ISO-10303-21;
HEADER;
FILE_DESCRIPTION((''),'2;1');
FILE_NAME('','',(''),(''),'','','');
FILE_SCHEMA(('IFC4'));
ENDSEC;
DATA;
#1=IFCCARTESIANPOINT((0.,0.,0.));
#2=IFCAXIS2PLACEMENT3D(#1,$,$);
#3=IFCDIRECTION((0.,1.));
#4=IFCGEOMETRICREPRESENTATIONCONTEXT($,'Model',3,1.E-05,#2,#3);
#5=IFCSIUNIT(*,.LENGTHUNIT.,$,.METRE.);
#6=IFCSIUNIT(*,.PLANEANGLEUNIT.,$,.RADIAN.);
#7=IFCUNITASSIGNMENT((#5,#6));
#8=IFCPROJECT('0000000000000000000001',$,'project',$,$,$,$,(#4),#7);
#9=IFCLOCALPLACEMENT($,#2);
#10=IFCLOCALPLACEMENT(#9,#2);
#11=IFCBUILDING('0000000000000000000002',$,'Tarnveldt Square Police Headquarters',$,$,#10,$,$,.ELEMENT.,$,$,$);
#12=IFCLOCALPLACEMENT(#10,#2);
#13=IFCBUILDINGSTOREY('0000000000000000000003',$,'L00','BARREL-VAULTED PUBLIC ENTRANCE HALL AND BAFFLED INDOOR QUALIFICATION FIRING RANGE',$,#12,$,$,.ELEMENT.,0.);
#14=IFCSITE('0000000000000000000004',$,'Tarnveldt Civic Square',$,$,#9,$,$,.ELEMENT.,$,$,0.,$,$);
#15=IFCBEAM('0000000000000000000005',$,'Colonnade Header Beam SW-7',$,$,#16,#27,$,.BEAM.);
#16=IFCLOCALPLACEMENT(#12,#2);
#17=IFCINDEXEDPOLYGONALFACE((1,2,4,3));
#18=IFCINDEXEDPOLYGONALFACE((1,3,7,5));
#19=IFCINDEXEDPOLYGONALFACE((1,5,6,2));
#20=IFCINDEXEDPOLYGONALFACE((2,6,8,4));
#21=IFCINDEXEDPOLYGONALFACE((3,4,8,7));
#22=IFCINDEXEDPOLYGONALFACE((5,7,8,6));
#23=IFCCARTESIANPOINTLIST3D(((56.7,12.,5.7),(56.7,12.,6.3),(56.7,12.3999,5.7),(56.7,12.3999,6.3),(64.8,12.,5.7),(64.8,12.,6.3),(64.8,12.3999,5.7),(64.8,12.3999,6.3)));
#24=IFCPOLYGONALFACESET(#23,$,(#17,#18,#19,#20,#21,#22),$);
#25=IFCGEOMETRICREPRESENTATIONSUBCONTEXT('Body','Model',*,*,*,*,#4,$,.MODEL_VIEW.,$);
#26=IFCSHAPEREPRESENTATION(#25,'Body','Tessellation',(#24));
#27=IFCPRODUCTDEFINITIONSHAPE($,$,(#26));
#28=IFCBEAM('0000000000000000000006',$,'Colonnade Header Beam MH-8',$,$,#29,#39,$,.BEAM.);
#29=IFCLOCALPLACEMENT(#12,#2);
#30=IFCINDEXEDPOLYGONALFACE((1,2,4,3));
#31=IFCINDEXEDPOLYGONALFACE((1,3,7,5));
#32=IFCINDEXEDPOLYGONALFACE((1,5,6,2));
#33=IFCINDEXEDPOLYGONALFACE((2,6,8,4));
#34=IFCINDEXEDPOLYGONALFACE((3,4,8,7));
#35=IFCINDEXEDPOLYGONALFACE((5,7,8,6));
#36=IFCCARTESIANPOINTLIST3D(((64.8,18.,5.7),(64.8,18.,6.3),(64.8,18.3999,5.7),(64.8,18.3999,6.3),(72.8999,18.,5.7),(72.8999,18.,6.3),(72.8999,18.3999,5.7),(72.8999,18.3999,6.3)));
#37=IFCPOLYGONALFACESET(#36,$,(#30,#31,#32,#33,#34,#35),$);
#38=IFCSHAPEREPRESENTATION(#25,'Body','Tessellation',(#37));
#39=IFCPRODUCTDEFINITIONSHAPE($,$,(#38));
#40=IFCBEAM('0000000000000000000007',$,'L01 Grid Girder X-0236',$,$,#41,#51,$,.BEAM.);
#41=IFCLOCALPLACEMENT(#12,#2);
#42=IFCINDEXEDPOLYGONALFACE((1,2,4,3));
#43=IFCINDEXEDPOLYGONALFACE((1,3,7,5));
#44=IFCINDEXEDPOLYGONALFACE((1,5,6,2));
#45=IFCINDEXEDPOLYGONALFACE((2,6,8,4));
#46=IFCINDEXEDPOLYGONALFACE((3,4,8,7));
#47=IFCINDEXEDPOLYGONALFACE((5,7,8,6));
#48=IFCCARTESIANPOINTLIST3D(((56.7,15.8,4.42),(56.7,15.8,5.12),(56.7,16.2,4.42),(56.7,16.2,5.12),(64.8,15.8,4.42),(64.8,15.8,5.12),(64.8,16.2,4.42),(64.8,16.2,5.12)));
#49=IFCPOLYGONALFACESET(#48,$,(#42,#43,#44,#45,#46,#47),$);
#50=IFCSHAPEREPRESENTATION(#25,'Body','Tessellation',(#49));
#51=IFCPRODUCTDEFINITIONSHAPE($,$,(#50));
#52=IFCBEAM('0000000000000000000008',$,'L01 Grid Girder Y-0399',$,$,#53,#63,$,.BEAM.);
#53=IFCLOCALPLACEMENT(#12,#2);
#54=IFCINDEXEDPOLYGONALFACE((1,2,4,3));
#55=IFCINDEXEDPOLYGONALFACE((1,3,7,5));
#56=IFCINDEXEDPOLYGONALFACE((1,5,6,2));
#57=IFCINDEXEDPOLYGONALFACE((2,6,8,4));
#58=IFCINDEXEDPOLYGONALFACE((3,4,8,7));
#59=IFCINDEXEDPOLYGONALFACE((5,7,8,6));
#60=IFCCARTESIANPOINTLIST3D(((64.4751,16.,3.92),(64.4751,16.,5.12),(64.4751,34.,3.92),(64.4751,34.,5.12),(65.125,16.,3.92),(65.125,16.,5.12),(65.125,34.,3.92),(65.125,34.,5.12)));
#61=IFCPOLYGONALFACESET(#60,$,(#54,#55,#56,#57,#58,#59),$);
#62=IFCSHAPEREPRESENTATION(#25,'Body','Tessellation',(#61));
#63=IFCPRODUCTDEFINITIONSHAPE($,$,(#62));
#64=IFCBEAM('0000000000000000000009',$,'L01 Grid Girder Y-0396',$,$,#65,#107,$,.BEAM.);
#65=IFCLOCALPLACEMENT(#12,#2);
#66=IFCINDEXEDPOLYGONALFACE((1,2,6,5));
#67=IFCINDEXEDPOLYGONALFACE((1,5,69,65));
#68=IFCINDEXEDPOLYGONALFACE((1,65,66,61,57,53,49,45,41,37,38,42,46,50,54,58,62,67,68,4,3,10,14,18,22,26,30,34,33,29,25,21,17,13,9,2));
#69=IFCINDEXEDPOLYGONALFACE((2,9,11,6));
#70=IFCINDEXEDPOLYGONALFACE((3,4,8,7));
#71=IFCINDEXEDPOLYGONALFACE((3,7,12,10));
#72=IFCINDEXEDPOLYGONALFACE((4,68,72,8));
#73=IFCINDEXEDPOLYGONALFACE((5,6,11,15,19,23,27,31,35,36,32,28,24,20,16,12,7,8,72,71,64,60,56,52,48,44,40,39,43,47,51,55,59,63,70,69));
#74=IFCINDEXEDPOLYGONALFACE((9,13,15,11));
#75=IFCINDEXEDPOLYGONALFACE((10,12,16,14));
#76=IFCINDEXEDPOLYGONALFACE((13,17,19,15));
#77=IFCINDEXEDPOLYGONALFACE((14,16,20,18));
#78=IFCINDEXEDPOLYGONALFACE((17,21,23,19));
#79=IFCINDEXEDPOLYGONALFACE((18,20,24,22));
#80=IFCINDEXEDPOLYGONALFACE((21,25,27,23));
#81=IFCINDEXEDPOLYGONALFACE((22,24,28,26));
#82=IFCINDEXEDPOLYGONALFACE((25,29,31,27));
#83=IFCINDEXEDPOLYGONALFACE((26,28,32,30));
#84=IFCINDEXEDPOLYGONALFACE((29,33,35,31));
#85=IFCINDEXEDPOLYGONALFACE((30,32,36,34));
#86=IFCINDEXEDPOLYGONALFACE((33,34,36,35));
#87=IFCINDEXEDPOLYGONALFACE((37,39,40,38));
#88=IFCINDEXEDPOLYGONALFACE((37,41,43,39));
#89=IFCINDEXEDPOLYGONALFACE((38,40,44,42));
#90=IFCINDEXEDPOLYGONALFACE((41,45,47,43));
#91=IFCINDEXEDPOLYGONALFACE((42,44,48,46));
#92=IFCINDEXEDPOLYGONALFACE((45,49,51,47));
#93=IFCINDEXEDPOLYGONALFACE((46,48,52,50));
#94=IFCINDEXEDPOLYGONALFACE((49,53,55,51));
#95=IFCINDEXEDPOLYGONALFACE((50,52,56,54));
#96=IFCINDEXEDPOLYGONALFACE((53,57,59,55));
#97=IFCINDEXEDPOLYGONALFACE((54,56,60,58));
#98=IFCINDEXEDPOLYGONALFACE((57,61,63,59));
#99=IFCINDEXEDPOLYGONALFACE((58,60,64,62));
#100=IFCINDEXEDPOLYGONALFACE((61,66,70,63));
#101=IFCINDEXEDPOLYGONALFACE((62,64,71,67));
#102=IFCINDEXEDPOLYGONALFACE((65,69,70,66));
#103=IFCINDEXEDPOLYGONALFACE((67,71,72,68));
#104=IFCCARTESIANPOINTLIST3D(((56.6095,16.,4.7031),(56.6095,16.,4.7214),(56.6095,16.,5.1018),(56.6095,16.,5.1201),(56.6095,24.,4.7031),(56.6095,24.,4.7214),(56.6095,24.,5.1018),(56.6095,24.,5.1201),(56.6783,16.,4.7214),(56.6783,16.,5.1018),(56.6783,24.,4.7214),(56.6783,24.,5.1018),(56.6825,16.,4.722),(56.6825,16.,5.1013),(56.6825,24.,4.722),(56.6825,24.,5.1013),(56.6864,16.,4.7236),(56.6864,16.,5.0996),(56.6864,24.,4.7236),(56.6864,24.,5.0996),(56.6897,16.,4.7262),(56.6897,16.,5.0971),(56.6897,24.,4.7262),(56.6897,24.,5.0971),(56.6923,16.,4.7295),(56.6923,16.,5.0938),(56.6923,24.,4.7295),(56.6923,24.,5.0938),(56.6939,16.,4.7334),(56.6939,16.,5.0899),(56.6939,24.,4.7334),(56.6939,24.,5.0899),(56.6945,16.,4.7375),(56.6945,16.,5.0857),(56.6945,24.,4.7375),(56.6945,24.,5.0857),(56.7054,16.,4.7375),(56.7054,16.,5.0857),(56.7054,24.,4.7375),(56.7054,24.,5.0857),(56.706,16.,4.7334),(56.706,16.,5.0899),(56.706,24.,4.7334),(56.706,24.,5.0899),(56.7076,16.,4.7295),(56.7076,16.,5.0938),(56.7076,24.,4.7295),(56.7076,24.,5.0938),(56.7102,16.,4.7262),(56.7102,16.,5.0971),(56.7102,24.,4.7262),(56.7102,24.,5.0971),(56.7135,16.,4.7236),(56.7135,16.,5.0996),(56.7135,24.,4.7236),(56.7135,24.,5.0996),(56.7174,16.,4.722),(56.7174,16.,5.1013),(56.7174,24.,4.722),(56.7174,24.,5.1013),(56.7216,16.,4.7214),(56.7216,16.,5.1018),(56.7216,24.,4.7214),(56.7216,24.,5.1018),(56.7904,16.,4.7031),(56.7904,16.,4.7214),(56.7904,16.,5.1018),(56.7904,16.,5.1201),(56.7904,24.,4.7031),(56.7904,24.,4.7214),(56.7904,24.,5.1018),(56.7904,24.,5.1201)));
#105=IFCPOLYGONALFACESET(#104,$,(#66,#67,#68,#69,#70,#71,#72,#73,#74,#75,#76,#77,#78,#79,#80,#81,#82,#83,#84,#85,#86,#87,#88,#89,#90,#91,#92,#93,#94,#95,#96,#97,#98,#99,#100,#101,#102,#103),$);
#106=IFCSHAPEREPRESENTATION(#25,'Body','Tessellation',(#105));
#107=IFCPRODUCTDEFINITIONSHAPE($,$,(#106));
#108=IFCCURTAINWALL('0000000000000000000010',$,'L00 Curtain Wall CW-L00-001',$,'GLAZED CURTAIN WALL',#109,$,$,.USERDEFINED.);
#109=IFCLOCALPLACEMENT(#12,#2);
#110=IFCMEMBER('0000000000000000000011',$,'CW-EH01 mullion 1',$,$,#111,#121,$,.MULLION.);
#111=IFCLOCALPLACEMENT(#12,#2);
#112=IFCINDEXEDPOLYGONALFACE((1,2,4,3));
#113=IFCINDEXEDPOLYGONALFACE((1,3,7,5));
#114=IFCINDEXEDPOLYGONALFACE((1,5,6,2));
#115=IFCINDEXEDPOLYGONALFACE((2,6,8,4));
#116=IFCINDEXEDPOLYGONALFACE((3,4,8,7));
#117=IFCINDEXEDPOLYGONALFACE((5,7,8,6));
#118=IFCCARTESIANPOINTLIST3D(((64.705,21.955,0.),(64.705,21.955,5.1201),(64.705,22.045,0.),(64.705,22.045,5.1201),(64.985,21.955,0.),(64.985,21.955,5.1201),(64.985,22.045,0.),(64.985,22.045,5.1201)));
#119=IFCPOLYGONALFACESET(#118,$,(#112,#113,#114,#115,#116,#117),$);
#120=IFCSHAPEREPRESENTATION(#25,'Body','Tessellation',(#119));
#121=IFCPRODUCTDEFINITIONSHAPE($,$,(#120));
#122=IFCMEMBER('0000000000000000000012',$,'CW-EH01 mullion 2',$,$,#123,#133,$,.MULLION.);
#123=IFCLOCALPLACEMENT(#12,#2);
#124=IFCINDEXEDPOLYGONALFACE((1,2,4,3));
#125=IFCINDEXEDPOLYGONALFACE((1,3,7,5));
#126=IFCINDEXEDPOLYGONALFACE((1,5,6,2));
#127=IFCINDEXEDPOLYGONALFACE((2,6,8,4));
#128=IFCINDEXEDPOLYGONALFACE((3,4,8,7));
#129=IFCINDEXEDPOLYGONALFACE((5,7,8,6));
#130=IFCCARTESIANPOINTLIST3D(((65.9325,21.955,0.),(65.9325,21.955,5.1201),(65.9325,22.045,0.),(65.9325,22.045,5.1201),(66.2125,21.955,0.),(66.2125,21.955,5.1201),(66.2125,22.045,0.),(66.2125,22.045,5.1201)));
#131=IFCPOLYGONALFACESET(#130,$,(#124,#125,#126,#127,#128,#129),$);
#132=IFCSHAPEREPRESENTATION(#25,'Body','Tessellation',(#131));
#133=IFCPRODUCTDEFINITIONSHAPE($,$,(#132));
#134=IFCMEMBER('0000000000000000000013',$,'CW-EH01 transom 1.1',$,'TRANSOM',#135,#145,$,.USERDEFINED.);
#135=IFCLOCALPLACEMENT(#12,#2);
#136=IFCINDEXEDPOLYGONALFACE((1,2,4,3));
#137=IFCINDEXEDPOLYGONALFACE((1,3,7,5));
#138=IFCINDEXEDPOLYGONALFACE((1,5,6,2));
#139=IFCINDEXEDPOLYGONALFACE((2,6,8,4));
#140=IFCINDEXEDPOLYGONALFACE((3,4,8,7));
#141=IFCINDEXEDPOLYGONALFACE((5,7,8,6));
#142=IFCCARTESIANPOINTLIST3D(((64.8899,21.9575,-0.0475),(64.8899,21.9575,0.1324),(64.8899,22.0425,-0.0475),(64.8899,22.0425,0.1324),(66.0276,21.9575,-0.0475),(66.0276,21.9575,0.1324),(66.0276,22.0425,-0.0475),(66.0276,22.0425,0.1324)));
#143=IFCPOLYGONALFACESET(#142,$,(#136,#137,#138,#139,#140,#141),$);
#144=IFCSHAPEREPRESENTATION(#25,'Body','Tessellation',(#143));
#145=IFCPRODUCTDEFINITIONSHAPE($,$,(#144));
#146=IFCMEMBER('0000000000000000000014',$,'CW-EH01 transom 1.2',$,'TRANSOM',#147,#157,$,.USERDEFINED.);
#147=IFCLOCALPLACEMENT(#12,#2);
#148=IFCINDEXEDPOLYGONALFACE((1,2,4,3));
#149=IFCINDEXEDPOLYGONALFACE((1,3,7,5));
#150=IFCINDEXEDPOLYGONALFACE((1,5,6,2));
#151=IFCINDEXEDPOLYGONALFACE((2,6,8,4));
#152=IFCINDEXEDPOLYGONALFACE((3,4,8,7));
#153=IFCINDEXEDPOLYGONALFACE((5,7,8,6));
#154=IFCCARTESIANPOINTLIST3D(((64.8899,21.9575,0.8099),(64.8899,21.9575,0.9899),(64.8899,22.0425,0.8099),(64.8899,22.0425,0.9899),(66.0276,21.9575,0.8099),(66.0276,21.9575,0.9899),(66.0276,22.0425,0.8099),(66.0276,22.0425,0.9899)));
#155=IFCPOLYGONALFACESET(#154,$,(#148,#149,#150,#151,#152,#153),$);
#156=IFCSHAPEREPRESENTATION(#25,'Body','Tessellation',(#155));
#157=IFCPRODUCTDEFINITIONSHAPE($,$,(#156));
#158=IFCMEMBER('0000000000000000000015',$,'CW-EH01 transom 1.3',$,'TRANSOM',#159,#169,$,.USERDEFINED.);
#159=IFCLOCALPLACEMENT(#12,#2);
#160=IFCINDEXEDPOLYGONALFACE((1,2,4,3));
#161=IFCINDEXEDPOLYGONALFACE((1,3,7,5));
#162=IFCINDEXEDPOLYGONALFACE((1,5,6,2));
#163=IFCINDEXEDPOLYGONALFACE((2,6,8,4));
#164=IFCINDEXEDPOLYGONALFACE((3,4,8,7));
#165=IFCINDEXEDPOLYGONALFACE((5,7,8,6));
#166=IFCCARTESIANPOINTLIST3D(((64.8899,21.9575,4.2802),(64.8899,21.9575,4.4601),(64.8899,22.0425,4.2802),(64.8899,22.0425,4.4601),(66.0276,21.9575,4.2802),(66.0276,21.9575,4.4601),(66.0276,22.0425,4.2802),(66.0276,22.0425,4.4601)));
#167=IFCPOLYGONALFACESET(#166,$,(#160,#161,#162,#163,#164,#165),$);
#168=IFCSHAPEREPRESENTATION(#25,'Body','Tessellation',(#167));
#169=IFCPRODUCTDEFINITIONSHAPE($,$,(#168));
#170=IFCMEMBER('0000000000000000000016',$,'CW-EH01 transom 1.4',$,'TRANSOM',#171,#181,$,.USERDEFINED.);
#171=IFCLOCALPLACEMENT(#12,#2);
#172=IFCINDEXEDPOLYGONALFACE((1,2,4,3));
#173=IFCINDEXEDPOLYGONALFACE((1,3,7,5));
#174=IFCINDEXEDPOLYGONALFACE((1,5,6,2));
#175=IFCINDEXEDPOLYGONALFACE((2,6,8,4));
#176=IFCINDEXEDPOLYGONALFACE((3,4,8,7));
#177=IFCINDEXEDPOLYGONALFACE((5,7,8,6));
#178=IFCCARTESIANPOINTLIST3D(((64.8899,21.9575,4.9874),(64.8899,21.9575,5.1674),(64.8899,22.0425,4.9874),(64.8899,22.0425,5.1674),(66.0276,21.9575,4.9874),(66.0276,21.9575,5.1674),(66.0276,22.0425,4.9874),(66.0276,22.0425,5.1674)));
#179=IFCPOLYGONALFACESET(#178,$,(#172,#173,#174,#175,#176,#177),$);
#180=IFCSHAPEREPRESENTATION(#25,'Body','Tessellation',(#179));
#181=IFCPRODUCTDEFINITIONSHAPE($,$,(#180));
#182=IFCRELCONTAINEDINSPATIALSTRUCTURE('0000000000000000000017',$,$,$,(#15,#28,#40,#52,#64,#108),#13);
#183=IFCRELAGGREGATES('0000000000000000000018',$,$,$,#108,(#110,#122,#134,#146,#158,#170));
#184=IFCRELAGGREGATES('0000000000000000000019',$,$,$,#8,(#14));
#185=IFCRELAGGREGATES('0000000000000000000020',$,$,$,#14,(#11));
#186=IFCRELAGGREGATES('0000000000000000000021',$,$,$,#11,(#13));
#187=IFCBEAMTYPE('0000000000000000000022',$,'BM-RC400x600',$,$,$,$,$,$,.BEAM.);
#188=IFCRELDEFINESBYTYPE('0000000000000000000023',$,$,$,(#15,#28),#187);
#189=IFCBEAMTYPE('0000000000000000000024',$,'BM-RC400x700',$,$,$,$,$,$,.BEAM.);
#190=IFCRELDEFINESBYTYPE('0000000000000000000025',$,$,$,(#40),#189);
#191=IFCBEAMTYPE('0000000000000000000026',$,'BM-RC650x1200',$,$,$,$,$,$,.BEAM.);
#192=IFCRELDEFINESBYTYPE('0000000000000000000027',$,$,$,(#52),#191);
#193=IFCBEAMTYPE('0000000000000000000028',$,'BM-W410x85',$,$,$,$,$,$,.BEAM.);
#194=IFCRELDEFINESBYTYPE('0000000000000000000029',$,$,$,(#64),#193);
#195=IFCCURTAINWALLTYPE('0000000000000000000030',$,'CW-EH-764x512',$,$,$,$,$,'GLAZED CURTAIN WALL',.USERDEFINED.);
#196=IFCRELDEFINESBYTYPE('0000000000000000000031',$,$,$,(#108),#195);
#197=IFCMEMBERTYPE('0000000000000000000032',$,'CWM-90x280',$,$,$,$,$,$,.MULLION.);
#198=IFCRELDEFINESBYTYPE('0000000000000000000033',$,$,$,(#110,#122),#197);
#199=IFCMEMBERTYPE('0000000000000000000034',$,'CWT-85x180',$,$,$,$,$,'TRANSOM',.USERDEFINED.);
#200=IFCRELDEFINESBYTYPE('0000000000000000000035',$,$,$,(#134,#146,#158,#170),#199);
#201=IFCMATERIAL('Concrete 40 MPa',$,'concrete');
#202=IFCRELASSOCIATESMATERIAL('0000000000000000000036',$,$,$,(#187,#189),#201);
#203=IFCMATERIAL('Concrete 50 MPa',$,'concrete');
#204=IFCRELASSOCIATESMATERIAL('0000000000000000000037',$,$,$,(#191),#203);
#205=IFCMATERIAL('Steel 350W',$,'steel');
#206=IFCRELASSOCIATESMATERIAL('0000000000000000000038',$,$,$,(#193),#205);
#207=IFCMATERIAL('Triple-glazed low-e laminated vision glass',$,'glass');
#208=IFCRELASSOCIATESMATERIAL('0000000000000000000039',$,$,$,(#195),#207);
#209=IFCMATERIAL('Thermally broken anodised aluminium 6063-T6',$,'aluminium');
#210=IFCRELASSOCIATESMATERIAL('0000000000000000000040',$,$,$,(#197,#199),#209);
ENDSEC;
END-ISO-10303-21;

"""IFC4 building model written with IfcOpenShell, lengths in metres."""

from ifc_helpers import new_model, si_unit, direction, frame, origin, origin_2d, place, context, subcontext, project, spatial, rectangle, i_section, extrude, material, material_profile, profile_set, type_object, element, aggregate, save


model = new_model("IFC4")

# Units and contexts
model_context = context("Model", 3, precision=1e-05, world=origin(), true_north=direction((0.0, 1.0)))
body_context = subcontext(model_context, "Body", "Model", "MODEL_VIEW")
ifc_project = project(units=[si_unit("LENGTHUNIT", "METRE"), si_unit("PLANEANGLEUNIT", "RADIAN")], contexts=[model_context])

# Site, building, storey
site_placement = place(None, origin())
site = spatial("IfcSite", under=ifc_project, at=site_placement, Name="Tarnveldt Civic Square", CompositionType="ELEMENT", RefElevation=0.0)
building_placement = place(site_placement, origin())
building = spatial("IfcBuilding", under=site, at=building_placement, Name="Tarnveldt Square Police Headquarters", CompositionType="ELEMENT")
storey_placement = place(building_placement, origin())
storey = spatial("IfcBuildingStorey", under=building, at=storey_placement, Name="L00", Description="BARREL-VAULTED PUBLIC ENTRANCE HALL AND BAFFLED INDOOR QUALIFICATION FIRING RANGE", CompositionType="ELEMENT", Elevation=0.0)

# Shared definitions
ifc_material_1 = material(Name="Concrete 40 MPa", Category="concrete")
ifc_material_2 = material(Name="Concrete 50 MPa", Category="concrete")

# Beams
ifc_material_profile_1 = material_profile(ifc_material_1, rectangle(XDim=0.3999, YDim=0.6001, at=origin_2d()), Name="RC-B400x600")
ifc_profile_set_1 = profile_set([ifc_material_profile_1], Name="Concrete 40 MPa")
beam_type_1 = type_object("IfcBeamType", Name="BM-RC400x600", PredefinedType="BEAM", material=ifc_profile_set_1)
beam_1_placement = place(storey_placement, frame((56.7, 12.2, 6.0), z_axis=(1.0, 0.0, 0.0), x_axis=(0.0, 1.0, 0.0)))
element("IfcBeam", 1, at=beam_1_placement, inside=storey, type_object=beam_type_1, Name="Colonnade Header Beam SW-7", PredefinedType="BEAM", context=body_context, shape_type="SweptSolid", body=[
    extrude(rectangle(XDim=0.3999, YDim=0.6001, at=origin_2d()), origin(), (0.0, 0.0, 1.0), 8.1001),
])
beam_2_placement = place(storey_placement, frame((64.8, 18.2, 6.0), z_axis=(1.0, 0.0, 0.0), x_axis=(0.0, 1.0, 0.0)))
element("IfcBeam", 2, at=beam_2_placement, inside=storey, type_object=beam_type_1, Name="Colonnade Header Beam MH-8", PredefinedType="BEAM", context=body_context, shape_type="SweptSolid", body=[
    extrude(rectangle(XDim=0.3999, YDim=0.6001, at=origin_2d()), origin(), (0.0, 0.0, 1.0), 8.0999),
])
ifc_material_profile_2 = material_profile(ifc_material_1, rectangle(XDim=0.3999, YDim=0.7, at=origin_2d()), Name="RC-B400x700")
ifc_profile_set_2 = profile_set([ifc_material_profile_2], Name="Concrete 40 MPa")
beam_type_2 = type_object("IfcBeamType", Name="BM-RC400x700", PredefinedType="BEAM", material=ifc_profile_set_2)
beam_3_placement = place(storey_placement, frame((56.7, 16.0, 4.77), z_axis=(1.0, 0.0, 0.0), x_axis=(0.0, 1.0, 0.0)))
element("IfcBeam", 3, at=beam_3_placement, inside=storey, type_object=beam_type_2, Name="L01 Grid Girder X-0236", PredefinedType="BEAM", context=body_context, shape_type="SweptSolid", body=[
    extrude(rectangle(XDim=0.3999, YDim=0.7, at=origin_2d()), origin(), (0.0, 0.0, 1.0), 8.1001),
])
ifc_material_profile_3 = material_profile(ifc_material_2, rectangle(XDim=0.6499, YDim=1.2, at=origin_2d()), Name="RC-B650x1200")
ifc_profile_set_3 = profile_set([ifc_material_profile_3], Name="Concrete 50 MPa")
beam_type_3 = type_object("IfcBeamType", Name="BM-RC650x1200", PredefinedType="BEAM", material=ifc_profile_set_3)
beam_4_placement = place(storey_placement, frame((64.8, 16.0, 4.52), z_axis=(0.0, 1.0, 0.0), x_axis=(-1.0, 0.0, 0.0)))
element("IfcBeam", 4, at=beam_4_placement, inside=storey, type_object=beam_type_3, Name="L01 Grid Girder Y-0399", PredefinedType="BEAM", context=body_context, shape_type="SweptSolid", body=[
    extrude(rectangle(XDim=0.6499, YDim=1.2, at=origin_2d()), origin(), (0.0, 0.0, 1.0), 18.0),
])
ifc_material_3 = material(Name="Steel 350W", Category="steel")
ifc_material_profile_4 = material_profile(ifc_material_3, i_section(OverallWidth=0.1809, OverallDepth=0.417, WebThickness=0.011, FlangeThickness=0.0183, FilletRadius=0.0161, at=origin_2d()), Name="W410x85")
ifc_profile_set_4 = profile_set([ifc_material_profile_4], Name="Steel 350W")
beam_type_4 = type_object("IfcBeamType", Name="BM-W410x85", PredefinedType="BEAM", material=ifc_profile_set_4)
beam_5_placement = place(storey_placement, frame((56.7, 16.0, 4.9116), z_axis=(0.0, 1.0, 0.0), x_axis=(-1.0, 0.0, 0.0)))
element("IfcBeam", 5, at=beam_5_placement, inside=storey, type_object=beam_type_4, Name="L01 Grid Girder Y-0396", PredefinedType="BEAM", context=body_context, shape_type="SweptSolid", body=[
    extrude(i_section(OverallWidth=0.1809, OverallDepth=0.417, WebThickness=0.011, FlangeThickness=0.0183, FilletRadius=0.0161, at=origin_2d()), origin(), (0.0, 0.0, 1.0), 8.0),
])

# Curtain wall, members
ifc_material_4 = material(Name="Triple-glazed low-e laminated vision glass", Category="glass")
curtain_wall_type = type_object("IfcCurtainWallType", Name="CW-EH-764x512", ElementType="GLAZED CURTAIN WALL", PredefinedType="USERDEFINED", material=ifc_material_4)
curtain_wall_placement = place(storey_placement, origin())
curtain_wall = element("IfcCurtainWall", 6, at=curtain_wall_placement, inside=storey, type_object=curtain_wall_type, Name="L00 Curtain Wall CW-L00-001", ObjectType="GLAZED CURTAIN WALL", PredefinedType="USERDEFINED")
ifc_material_5 = material(Name="Thermally broken anodised aluminium 6063-T6", Category="aluminium")
ifc_material_profile_5 = material_profile(ifc_material_5, rectangle(XDim=0.0901, YDim=0.28, at=origin_2d()), Name="CW-M90x280")
ifc_profile_set_5 = profile_set([ifc_material_profile_5], Name="Thermally broken anodised aluminium 6063-T6")
member_type_1 = type_object("IfcMemberType", Name="CWM-90x280", PredefinedType="MULLION", material=ifc_profile_set_5)
member_1_placement = place(storey_placement, frame((64.845, 22.0, 0.0), z_axis=(0.0, 0.0, 1.0), x_axis=(0.0, 1.0, 0.0)))
member_1 = element("IfcMember", 7, at=member_1_placement, type_object=member_type_1, Name="CW-EH01 mullion 1", PredefinedType="MULLION", context=body_context, shape_type="SweptSolid", body=[
    extrude(rectangle(XDim=0.0901, YDim=0.28, at=origin_2d()), origin(), (0.0, 0.0, 1.0), 5.1201),
])
member_2_placement = place(storey_placement, frame((66.0725, 22.0, 0.0), z_axis=(0.0, 0.0, 1.0), x_axis=(0.0, 1.0, 0.0)))
member_2 = element("IfcMember", 8, at=member_2_placement, type_object=member_type_1, Name="CW-EH01 mullion 2", PredefinedType="MULLION", context=body_context, shape_type="SweptSolid", body=[
    extrude(rectangle(XDim=0.0901, YDim=0.28, at=origin_2d()), origin(), (0.0, 0.0, 1.0), 5.1201),
])
ifc_material_profile_6 = material_profile(ifc_material_5, rectangle(XDim=0.085, YDim=0.1799, at=origin_2d()), Name="CW-T85x180")
ifc_profile_set_6 = profile_set([ifc_material_profile_6], Name="Thermally broken anodised aluminium 6063-T6")
member_type_2 = type_object("IfcMemberType", Name="CWT-85x180", ElementType="TRANSOM", PredefinedType="USERDEFINED", material=ifc_profile_set_6)
member_3_placement = place(storey_placement, frame((64.8899, 22.0, 0.0425), z_axis=(1.0, 0.0, 0.0), x_axis=(0.0, 1.0, 0.0)))
member_3 = element("IfcMember", 9, at=member_3_placement, type_object=member_type_2, Name="CW-EH01 transom 1.1", ObjectType="TRANSOM", PredefinedType="USERDEFINED", context=body_context, shape_type="SweptSolid", body=[
    extrude(rectangle(XDim=0.085, YDim=0.1799, at=origin_2d()), origin(), (0.0, 0.0, 1.0), 1.1377),
])
member_4_placement = place(storey_placement, frame((64.8899, 22.0, 0.8999), z_axis=(1.0, 0.0, 0.0), x_axis=(0.0, 1.0, 0.0)))
member_4 = element("IfcMember", 10, at=member_4_placement, type_object=member_type_2, Name="CW-EH01 transom 1.2", ObjectType="TRANSOM", PredefinedType="USERDEFINED", context=body_context, shape_type="SweptSolid", body=[
    extrude(rectangle(XDim=0.085, YDim=0.1799, at=origin_2d()), origin(), (0.0, 0.0, 1.0), 1.1377),
])
member_5_placement = place(storey_placement, frame((64.8899, 22.0, 4.3701), z_axis=(1.0, 0.0, 0.0), x_axis=(0.0, 1.0, 0.0)))
member_5 = element("IfcMember", 11, at=member_5_placement, type_object=member_type_2, Name="CW-EH01 transom 1.3", ObjectType="TRANSOM", PredefinedType="USERDEFINED", context=body_context, shape_type="SweptSolid", body=[
    extrude(rectangle(XDim=0.085, YDim=0.1799, at=origin_2d()), origin(), (0.0, 0.0, 1.0), 1.1377),
])
member_6_placement = place(storey_placement, frame((64.8899, 22.0, 5.0774), z_axis=(1.0, 0.0, 0.0), x_axis=(0.0, 1.0, 0.0)))
member_6 = element("IfcMember", 12, at=member_6_placement, type_object=member_type_2, Name="CW-EH01 transom 1.4", ObjectType="TRANSOM", PredefinedType="USERDEFINED", context=body_context, shape_type="SweptSolid", body=[
    extrude(rectangle(XDim=0.085, YDim=0.1799, at=origin_2d()), origin(), (0.0, 0.0, 1.0), 1.1377),
])
aggregate(curtain_wall, [member_1, member_2, member_3, member_4, member_5, member_6])

save(model, "model.ifc")
